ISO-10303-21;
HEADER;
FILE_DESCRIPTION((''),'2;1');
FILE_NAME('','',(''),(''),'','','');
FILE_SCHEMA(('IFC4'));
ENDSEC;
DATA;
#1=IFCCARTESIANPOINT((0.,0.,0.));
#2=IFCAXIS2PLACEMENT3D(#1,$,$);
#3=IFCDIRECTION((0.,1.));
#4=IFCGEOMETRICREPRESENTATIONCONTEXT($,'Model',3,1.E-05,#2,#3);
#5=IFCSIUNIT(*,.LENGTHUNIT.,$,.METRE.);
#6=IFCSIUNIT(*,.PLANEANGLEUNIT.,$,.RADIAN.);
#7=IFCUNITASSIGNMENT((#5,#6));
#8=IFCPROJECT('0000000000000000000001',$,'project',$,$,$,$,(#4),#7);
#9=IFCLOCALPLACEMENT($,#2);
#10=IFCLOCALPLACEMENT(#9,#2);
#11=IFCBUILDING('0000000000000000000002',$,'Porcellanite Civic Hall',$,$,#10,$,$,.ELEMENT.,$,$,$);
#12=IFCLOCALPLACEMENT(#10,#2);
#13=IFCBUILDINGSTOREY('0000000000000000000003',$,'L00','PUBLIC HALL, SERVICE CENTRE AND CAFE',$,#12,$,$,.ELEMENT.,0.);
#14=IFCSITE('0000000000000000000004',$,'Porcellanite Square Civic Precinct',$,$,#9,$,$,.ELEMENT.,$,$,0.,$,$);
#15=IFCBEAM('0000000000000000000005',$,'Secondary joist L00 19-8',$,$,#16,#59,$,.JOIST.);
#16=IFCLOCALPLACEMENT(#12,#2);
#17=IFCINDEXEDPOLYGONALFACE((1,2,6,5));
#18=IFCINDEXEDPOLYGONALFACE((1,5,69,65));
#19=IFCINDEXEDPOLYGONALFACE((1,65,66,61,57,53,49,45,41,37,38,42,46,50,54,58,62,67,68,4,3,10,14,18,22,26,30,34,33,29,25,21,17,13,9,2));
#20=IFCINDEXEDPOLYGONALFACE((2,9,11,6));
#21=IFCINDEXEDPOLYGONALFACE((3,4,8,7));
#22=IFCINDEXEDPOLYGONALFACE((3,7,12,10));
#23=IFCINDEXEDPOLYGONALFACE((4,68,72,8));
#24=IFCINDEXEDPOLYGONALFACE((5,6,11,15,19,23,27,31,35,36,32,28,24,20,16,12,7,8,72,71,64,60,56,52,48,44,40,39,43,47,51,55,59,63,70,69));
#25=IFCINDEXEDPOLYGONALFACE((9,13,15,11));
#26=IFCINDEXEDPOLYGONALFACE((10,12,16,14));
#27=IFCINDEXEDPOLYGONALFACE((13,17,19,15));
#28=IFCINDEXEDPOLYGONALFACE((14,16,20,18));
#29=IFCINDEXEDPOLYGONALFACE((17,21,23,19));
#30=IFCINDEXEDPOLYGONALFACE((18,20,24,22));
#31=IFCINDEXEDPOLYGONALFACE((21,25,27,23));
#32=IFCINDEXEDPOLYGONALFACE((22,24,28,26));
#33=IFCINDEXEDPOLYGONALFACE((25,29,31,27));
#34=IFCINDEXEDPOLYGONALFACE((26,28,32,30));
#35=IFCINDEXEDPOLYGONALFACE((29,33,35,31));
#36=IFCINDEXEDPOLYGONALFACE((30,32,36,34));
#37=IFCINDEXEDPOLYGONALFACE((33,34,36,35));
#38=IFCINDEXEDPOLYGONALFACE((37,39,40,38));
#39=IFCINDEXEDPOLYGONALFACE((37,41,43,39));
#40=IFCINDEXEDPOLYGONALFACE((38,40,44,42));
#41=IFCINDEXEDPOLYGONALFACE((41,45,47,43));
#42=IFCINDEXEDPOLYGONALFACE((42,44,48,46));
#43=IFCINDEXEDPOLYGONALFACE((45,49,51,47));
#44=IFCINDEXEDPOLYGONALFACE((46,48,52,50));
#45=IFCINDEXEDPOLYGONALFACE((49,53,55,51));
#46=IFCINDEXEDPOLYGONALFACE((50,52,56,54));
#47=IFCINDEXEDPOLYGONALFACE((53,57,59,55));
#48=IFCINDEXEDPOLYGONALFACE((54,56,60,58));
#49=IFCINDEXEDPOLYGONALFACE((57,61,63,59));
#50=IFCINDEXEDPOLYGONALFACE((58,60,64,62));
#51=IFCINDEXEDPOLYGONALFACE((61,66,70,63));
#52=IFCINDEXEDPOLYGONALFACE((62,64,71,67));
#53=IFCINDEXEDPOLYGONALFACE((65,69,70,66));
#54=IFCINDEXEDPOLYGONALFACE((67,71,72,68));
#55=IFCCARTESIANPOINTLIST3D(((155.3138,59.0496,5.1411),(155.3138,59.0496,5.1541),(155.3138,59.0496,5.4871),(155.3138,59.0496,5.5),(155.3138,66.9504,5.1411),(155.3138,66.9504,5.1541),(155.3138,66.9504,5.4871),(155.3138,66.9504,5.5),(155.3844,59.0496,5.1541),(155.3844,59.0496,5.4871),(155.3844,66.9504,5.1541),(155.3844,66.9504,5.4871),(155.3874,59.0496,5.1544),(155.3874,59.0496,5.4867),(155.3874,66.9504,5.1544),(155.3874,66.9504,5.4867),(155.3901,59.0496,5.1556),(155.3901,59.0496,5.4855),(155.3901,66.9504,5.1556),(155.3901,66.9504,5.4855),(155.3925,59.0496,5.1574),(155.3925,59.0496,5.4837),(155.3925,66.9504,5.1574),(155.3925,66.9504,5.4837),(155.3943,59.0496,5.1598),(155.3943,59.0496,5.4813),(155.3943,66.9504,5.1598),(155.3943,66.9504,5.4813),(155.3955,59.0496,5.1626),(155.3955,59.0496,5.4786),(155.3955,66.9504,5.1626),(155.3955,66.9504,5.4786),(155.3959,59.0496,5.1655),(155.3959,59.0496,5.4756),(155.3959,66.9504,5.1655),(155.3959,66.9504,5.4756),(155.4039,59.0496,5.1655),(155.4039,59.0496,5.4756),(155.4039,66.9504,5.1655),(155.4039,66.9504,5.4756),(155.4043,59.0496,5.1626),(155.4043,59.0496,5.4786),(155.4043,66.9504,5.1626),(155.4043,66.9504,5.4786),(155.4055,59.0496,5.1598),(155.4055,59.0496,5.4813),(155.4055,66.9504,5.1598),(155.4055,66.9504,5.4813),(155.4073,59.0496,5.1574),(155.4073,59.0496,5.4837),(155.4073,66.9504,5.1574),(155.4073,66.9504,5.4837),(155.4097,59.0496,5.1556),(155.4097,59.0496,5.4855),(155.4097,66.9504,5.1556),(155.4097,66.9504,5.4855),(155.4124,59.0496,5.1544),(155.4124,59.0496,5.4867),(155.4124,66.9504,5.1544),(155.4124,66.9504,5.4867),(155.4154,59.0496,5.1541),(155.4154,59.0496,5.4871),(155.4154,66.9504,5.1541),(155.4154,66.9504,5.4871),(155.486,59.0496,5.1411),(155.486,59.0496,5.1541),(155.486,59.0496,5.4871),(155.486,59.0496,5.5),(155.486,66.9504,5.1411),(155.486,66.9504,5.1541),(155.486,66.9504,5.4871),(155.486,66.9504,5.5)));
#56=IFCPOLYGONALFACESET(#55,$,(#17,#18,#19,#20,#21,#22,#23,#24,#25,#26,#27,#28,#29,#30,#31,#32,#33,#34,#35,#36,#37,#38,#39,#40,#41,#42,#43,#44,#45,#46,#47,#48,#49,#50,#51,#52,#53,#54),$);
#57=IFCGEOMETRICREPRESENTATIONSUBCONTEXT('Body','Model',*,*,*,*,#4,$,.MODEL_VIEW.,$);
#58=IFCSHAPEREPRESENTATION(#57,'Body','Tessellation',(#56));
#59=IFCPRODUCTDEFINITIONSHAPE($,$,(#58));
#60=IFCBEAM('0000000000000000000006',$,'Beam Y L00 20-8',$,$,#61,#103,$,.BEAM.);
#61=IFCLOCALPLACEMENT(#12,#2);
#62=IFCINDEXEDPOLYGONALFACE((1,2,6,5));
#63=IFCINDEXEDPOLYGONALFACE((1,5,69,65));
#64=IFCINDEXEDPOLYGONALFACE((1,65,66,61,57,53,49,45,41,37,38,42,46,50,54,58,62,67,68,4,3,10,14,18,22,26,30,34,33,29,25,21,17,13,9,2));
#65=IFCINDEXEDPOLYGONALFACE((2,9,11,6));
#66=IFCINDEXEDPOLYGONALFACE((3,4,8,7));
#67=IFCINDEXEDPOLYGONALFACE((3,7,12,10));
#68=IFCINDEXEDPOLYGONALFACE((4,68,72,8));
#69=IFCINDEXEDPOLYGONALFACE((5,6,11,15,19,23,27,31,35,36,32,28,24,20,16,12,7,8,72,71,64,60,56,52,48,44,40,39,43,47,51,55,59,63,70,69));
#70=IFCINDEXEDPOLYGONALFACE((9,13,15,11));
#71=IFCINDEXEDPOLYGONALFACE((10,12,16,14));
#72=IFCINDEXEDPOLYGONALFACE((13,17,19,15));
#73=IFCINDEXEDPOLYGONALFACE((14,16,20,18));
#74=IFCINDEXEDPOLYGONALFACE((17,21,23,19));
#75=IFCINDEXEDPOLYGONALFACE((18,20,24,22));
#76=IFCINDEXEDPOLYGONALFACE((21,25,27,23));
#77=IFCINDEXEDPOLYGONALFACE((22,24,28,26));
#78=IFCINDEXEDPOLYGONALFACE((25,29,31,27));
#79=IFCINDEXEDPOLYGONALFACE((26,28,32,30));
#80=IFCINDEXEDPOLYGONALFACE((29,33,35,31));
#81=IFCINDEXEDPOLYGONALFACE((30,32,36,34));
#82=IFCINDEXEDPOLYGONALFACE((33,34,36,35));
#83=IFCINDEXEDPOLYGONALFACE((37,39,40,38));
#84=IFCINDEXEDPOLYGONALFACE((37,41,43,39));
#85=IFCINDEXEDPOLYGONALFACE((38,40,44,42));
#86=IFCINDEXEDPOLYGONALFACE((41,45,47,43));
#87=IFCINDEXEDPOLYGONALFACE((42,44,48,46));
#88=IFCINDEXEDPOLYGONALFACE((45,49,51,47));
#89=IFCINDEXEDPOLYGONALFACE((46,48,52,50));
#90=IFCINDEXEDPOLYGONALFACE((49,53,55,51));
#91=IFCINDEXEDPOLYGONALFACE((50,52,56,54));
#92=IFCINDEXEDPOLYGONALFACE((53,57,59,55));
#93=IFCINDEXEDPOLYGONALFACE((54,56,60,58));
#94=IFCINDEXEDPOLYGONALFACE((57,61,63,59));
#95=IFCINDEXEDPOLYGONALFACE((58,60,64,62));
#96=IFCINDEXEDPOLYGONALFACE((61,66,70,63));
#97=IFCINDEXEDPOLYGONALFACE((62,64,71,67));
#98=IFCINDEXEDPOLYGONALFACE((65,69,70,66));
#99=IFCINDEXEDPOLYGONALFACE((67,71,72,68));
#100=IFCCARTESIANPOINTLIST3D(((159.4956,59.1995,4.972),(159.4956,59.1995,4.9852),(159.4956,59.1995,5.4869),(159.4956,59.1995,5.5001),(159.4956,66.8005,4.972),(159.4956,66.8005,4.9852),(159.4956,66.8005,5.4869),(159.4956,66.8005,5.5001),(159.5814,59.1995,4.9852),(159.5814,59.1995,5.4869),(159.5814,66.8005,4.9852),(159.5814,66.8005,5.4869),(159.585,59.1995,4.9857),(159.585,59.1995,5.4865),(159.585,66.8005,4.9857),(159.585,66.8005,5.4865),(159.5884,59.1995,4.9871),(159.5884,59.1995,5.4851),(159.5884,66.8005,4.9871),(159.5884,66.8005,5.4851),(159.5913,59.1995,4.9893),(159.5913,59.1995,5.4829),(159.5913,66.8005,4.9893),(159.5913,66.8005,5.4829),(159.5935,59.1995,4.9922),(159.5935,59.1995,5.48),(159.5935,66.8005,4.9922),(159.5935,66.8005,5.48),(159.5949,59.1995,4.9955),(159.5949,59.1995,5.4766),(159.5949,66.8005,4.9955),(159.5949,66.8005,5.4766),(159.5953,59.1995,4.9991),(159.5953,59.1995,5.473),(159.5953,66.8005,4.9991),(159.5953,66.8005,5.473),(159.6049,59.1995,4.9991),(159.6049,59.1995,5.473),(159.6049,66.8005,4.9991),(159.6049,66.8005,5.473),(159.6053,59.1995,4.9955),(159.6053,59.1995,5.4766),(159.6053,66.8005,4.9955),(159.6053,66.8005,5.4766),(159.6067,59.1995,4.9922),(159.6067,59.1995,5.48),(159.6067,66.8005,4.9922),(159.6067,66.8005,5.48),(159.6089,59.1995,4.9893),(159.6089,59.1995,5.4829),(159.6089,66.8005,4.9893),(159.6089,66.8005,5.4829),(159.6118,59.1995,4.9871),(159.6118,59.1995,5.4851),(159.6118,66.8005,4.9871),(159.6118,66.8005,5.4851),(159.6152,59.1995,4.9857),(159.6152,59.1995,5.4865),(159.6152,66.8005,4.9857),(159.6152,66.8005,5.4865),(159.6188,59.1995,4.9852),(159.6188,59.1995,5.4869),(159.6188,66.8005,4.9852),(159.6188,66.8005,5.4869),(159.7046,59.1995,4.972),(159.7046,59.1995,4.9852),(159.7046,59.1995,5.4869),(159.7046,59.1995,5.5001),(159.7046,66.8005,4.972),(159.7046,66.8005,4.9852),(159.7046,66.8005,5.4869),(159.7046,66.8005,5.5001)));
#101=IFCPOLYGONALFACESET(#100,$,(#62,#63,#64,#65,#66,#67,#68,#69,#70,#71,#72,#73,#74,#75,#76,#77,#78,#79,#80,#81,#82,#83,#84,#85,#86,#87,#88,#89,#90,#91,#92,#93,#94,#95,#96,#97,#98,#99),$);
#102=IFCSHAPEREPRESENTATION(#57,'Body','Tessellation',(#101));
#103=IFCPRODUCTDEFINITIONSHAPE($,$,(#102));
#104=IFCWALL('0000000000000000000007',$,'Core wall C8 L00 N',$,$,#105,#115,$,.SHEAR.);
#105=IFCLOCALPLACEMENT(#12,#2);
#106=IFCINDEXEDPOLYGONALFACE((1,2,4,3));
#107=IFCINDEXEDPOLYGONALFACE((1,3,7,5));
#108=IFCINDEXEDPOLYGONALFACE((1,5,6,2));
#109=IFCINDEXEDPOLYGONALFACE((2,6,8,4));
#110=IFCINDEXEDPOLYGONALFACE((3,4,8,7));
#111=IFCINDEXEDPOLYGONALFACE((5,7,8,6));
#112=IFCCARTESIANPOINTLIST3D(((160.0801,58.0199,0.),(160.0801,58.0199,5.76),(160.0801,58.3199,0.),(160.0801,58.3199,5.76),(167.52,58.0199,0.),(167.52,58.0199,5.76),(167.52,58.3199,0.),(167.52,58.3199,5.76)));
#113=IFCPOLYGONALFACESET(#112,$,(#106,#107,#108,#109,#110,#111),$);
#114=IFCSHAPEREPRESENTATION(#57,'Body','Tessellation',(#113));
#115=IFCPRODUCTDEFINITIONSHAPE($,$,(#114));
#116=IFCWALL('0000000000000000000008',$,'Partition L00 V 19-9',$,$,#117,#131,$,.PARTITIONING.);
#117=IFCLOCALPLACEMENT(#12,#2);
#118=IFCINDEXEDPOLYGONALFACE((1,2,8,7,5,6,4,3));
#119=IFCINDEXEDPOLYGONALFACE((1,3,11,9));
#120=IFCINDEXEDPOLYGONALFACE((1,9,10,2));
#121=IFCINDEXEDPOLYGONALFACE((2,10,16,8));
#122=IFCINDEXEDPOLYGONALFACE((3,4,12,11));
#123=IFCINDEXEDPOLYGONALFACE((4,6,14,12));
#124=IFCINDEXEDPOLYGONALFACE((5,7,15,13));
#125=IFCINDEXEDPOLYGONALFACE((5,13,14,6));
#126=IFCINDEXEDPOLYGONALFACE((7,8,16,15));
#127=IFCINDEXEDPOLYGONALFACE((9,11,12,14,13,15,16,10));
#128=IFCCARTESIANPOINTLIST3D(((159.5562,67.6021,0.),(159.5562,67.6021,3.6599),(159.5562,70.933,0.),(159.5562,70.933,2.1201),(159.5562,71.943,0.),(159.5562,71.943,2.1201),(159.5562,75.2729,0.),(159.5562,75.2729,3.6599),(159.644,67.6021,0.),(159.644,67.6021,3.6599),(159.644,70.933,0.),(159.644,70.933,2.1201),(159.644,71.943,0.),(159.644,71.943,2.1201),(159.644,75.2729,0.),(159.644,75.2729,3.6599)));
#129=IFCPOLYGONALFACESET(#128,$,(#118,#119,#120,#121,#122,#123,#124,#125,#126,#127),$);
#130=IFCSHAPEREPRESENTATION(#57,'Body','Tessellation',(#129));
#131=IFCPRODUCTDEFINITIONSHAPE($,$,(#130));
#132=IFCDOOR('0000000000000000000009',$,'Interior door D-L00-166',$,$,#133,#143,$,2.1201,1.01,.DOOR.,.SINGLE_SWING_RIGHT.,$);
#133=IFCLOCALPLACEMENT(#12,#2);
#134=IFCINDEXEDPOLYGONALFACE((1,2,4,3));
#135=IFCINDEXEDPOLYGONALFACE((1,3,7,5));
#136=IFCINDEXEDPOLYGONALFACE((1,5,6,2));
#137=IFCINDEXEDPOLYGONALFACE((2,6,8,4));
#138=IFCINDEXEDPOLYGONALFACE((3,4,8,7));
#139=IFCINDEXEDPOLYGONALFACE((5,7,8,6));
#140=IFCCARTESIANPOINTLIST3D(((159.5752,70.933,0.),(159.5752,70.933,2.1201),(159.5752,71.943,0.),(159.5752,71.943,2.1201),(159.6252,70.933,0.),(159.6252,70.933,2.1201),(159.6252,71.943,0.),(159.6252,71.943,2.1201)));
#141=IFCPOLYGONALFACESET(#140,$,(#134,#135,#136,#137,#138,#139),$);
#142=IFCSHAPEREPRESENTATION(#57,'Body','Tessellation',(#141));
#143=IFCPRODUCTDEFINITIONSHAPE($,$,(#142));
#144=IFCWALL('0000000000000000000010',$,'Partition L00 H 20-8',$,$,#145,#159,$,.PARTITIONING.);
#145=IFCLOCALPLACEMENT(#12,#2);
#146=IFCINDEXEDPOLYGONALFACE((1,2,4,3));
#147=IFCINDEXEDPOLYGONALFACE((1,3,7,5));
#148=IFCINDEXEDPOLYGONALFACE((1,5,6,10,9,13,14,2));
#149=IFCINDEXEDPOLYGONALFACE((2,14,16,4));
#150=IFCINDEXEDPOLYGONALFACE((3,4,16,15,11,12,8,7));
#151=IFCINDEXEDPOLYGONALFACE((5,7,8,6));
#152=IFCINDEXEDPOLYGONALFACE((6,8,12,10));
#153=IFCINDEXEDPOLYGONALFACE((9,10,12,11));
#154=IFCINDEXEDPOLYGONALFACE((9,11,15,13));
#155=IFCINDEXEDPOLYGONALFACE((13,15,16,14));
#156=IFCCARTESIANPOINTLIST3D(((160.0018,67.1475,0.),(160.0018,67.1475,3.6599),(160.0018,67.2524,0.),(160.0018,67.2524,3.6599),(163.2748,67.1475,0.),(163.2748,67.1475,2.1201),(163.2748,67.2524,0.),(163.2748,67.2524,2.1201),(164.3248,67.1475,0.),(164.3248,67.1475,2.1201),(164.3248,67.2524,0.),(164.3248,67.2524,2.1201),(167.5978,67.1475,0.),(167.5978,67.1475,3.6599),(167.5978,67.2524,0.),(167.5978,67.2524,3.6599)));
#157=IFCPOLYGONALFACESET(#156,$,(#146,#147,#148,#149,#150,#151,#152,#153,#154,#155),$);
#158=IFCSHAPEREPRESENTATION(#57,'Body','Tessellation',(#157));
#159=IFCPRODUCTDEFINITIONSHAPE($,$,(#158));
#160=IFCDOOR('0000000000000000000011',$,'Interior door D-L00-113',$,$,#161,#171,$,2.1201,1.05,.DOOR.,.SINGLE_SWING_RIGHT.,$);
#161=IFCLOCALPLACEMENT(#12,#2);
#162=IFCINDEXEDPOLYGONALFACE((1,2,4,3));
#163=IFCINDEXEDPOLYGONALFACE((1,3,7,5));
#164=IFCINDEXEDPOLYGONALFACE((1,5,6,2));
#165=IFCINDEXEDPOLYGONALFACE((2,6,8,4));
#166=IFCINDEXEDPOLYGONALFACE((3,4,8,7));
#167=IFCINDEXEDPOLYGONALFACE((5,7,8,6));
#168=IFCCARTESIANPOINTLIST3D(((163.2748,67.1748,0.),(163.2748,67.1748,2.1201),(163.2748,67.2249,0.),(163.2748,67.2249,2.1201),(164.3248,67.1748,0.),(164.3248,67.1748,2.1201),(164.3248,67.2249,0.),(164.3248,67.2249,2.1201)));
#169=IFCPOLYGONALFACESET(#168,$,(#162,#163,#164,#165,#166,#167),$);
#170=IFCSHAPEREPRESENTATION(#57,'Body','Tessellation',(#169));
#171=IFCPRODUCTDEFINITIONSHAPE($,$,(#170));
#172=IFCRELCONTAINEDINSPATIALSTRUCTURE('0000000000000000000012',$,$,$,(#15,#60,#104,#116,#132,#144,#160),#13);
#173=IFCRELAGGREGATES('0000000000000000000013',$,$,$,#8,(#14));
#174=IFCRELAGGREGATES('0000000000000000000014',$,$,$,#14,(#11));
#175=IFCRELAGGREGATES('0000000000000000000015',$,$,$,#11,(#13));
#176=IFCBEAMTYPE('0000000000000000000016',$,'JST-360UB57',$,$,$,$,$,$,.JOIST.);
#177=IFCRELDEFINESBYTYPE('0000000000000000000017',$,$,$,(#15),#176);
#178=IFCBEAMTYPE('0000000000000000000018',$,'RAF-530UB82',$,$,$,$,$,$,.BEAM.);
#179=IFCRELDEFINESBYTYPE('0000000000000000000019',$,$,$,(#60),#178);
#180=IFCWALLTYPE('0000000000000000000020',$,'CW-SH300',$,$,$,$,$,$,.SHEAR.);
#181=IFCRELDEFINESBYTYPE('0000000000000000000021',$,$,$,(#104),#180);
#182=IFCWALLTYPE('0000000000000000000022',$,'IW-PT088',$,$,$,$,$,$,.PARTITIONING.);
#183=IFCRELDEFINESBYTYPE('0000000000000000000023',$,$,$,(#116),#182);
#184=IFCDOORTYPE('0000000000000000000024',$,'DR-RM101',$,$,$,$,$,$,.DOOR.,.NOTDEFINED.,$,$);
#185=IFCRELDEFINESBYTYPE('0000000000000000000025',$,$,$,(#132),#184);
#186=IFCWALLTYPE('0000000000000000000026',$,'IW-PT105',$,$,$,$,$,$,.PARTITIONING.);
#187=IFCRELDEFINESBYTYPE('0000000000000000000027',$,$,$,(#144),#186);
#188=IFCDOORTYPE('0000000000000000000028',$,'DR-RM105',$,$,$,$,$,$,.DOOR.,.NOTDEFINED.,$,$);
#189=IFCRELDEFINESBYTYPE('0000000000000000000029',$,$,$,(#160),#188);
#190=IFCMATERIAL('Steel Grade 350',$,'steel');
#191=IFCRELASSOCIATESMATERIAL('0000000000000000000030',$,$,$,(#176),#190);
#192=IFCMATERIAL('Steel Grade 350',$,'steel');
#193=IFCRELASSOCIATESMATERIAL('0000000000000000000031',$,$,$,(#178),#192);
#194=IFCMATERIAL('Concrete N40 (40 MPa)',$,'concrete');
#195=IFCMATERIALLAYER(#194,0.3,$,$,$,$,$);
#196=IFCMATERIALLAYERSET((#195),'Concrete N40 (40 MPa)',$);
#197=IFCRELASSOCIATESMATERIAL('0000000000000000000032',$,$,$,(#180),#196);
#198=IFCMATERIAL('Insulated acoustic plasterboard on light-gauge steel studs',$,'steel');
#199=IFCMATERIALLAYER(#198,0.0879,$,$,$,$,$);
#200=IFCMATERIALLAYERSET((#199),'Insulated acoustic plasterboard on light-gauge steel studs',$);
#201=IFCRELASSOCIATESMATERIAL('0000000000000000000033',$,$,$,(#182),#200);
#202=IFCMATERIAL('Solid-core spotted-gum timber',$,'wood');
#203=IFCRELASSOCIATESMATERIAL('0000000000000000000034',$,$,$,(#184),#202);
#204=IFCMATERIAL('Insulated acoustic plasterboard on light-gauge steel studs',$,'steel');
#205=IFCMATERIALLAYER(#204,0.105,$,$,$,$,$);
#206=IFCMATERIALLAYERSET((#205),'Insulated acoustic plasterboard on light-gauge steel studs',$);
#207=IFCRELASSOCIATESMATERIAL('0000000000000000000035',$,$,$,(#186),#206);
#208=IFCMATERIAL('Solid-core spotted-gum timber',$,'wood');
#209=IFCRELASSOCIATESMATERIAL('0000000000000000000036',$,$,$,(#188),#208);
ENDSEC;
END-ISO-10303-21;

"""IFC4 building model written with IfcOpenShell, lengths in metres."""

from ifc_helpers import new_model, si_unit, direction, frame, frame_2d, origin, origin_2d, place, context, subcontext, project, spatial, rectangle, i_section, extrude, material, layer, layer_set, material_profile, profile_set, type_object, element, fill, save


model = new_model("IFC4")

# Units and contexts
model_context = context("Model", 3, precision=1e-05, world=origin(), true_north=direction((0.0, 1.0)))
body_context = subcontext(model_context, "Body", "Model", "MODEL_VIEW")
ifc_project = project(units=[si_unit("LENGTHUNIT", "METRE"), si_unit("PLANEANGLEUNIT", "RADIAN")], contexts=[model_context])

# Site, building, storey
site_placement = place(None, origin())
site = spatial("IfcSite", under=ifc_project, at=site_placement, Name="Porcellanite Square Civic Precinct", CompositionType="ELEMENT", RefElevation=0.0)
building_placement = place(site_placement, origin())
building = spatial("IfcBuilding", under=site, at=building_placement, Name="Porcellanite Civic Hall", CompositionType="ELEMENT")
storey_placement = place(building_placement, origin())
storey = spatial("IfcBuildingStorey", under=building, at=storey_placement, Name="L00", Description="PUBLIC HALL, SERVICE CENTRE AND CAFE", CompositionType="ELEMENT", Elevation=0.0)

# Beams
ifc_material_1 = material(Name="Steel Grade 350", Category="steel")
ifc_material_profile_1 = material_profile(ifc_material_1, i_section(OverallWidth=0.1721, OverallDepth=0.3589, WebThickness=0.0081, FlangeThickness=0.0129, FilletRadius=0.0115, at=origin_2d()), Name="360UB56.7")
ifc_profile_set_1 = profile_set([ifc_material_profile_1], Name="Steel Grade 350")
beam_type_1 = type_object("IfcBeamType", Name="JST-360UB57", PredefinedType="JOIST", material=ifc_profile_set_1)
beam_1_placement = place(storey_placement, frame((155.3999, 59.0496, 5.3206), z_axis=(0.0, 1.0, 0.0), x_axis=(-1.0, 0.0, 0.0)))
element("IfcBeam", 1, at=beam_1_placement, inside=storey, type_object=beam_type_1, Name="Secondary joist L00 19-8", PredefinedType="JOIST", context=body_context, shape_type="SweptSolid", body=[
    extrude(i_section(OverallWidth=0.1721, OverallDepth=0.3589, WebThickness=0.0081, FlangeThickness=0.0129, FilletRadius=0.0115, at=origin_2d()), origin(), (0.0, 0.0, 1.0), 7.9009),
])
ifc_material_2 = material(Name="Steel Grade 350", Category="steel")
ifc_material_profile_2 = material_profile(ifc_material_2, i_section(OverallWidth=0.209, OverallDepth=0.5281, WebThickness=0.0095, FlangeThickness=0.0132, FilletRadius=0.0139, at=origin_2d()), Name="530UB82.0")
ifc_profile_set_2 = profile_set([ifc_material_profile_2], Name="Steel Grade 350")
beam_type_2 = type_object("IfcBeamType", Name="RAF-530UB82", PredefinedType="BEAM", material=ifc_profile_set_2)
beam_2_placement = place(storey_placement, frame((159.6001, 59.1995, 5.2361), z_axis=(0.0, 1.0, 0.0), x_axis=(-1.0, 0.0, 0.0)))
element("IfcBeam", 2, at=beam_2_placement, inside=storey, type_object=beam_type_2, Name="Beam Y L00 20-8", PredefinedType="BEAM", context=body_context, shape_type="SweptSolid", body=[
    extrude(i_section(OverallWidth=0.209, OverallDepth=0.5281, WebThickness=0.0095, FlangeThickness=0.0132, FilletRadius=0.0139, at=origin_2d()), origin(), (0.0, 0.0, 1.0), 7.6011),
])

# Wall
ifc_material_3 = material(Name="Concrete N40 (40 MPa)", Category="concrete")
ifc_layer_1 = layer(ifc_material_3, 0.3)
ifc_layer_set_1 = layer_set([ifc_layer_1], Name="Concrete N40 (40 MPa)")
wall_type_1 = type_object("IfcWallType", Name="CW-SH300", PredefinedType="SHEAR", material=ifc_layer_set_1)
wall_1_placement = place(storey_placement, frame((160.0801, 58.1699, 0.0), z_axis=(0.0, 0.0, 1.0), x_axis=(1.0, 0.0, 0.0)))
element("IfcWall", 3, at=wall_1_placement, inside=storey, type_object=wall_type_1, Name="Core wall C8 L00 N", PredefinedType="SHEAR", context=body_context, shape_type="SweptSolid", body=[
    extrude(rectangle(XDim=7.4399, YDim=0.3, at=frame_2d((3.72, 0.0))), origin(), (0.0, 0.0, 1.0), 5.76),
])

# Walls, openings, doors
ifc_material_4 = material(Name="Insulated acoustic plasterboard on light-gauge steel studs", Category="steel")
ifc_layer_2 = layer(ifc_material_4, 0.0879)
ifc_layer_set_2 = layer_set([ifc_layer_2], Name="Insulated acoustic plasterboard on light-gauge steel studs")
wall_type_2 = type_object("IfcWallType", Name="IW-PT088", PredefinedType="PARTITIONING", material=ifc_layer_set_2)
wall_2_placement = place(storey_placement, frame((159.6001, 67.6021, 0.0), z_axis=(0.0, 0.0, 1.0), x_axis=(0.0, 1.0, 0.0)))
wall_2 = element("IfcWall", 4, at=wall_2_placement, inside=storey, type_object=wall_type_2, Name="Partition L00 V 19-9", PredefinedType="PARTITIONING", context=body_context, shape_type="SweptSolid", body=[
    extrude(rectangle(XDim=7.6709, YDim=0.0879, at=frame_2d((3.8354, 0.0))), origin(), (0.0, 0.0, 1.0), 3.6599),
])
opening_1_placement = place(wall_2_placement, frame((3.3311, 0.0, 0.0)))
opening_1 = element("IfcOpeningElement", 5, at=opening_1_placement, cuts=wall_2, PredefinedType="OPENING", context=body_context, shape_type="SweptSolid", body=[
    extrude(rectangle(XDim=1.01, YDim=2.1201, at=frame_2d((0.5049, 1.0601))), frame((0.0, 0.0439, 0.0), z_axis=(0.0, -1.0, 0.0), x_axis=(1.0, 0.0, 0.0)), (0.0, 0.0, 1.0), 0.0879),
])
ifc_material_5 = material(Name="Solid-core spotted-gum timber", Category="wood")
door_type_1 = type_object("IfcDoorType", Name="DR-RM101", OperationType="NOTDEFINED", PredefinedType="DOOR", material=ifc_material_5)
door_1_placement = place(opening_1_placement, origin())
door_1 = element("IfcDoor", 6, at=door_1_placement, inside=storey, type_object=door_type_1, Name="Interior door D-L00-166", OperationType="SINGLE_SWING_RIGHT", OverallHeight=2.1201, OverallWidth=1.01, PredefinedType="DOOR", context=body_context, shape_type="SweptSolid", body=[
    extrude(rectangle(XDim=1.01, YDim=2.1201, at=frame_2d((0.5049, 1.0601))), frame((0.0, 0.0249, 0.0), z_axis=(0.0, -1.0, 0.0), x_axis=(1.0, 0.0, 0.0)), (0.0, 0.0, 1.0), 0.05),
])
fill(opening_1, door_1)
ifc_material_6 = material(Name="Insulated acoustic plasterboard on light-gauge steel studs", Category="steel")
ifc_layer_3 = layer(ifc_material_6, 0.105)
ifc_layer_set_3 = layer_set([ifc_layer_3], Name="Insulated acoustic plasterboard on light-gauge steel studs")
wall_type_3 = type_object("IfcWallType", Name="IW-PT105", PredefinedType="PARTITIONING", material=ifc_layer_set_3)
wall_3_placement = place(storey_placement, frame((160.002, 67.2, 0.0), z_axis=(0.0, 0.0, 1.0), x_axis=(1.0, 0.0, 0.0)))
wall_3 = element("IfcWall", 7, at=wall_3_placement, inside=storey, type_object=wall_type_3, Name="Partition L00 H 20-8", PredefinedType="PARTITIONING", context=body_context, shape_type="SweptSolid", body=[
    extrude(rectangle(XDim=7.5959, YDim=0.105, at=frame_2d((3.7979, 0.0))), origin(), (0.0, 0.0, 1.0), 3.6599),
])
opening_2_placement = place(wall_3_placement, frame((3.2729, 0.0, 0.0)))
opening_2 = element("IfcOpeningElement", 8, at=opening_2_placement, cuts=wall_3, PredefinedType="OPENING", context=body_context, shape_type="SweptSolid", body=[
    extrude(rectangle(XDim=1.05, YDim=2.1201, at=frame_2d((0.5249, 1.0601))), frame((0.0, 0.0525, 0.0), z_axis=(0.0, -1.0, 0.0), x_axis=(1.0, 0.0, 0.0)), (0.0, 0.0, 1.0), 0.105),
])
ifc_material_7 = material(Name="Solid-core spotted-gum timber", Category="wood")
door_type_2 = type_object("IfcDoorType", Name="DR-RM105", OperationType="NOTDEFINED", PredefinedType="DOOR", material=ifc_material_7)
door_2_placement = place(opening_2_placement, origin())
door_2 = element("IfcDoor", 9, at=door_2_placement, inside=storey, type_object=door_type_2, Name="Interior door D-L00-113", OperationType="SINGLE_SWING_RIGHT", OverallHeight=2.1201, OverallWidth=1.05, PredefinedType="DOOR", context=body_context, shape_type="SweptSolid", body=[
    extrude(rectangle(XDim=1.05, YDim=2.1201, at=frame_2d((0.5249, 1.0601))), frame((0.0, 0.0249, 0.0), z_axis=(0.0, -1.0, 0.0), x_axis=(1.0, 0.0, 0.0)), (0.0, 0.0, 1.0), 0.05),
])
fill(opening_2, door_2)

save(model, "model.ifc")
